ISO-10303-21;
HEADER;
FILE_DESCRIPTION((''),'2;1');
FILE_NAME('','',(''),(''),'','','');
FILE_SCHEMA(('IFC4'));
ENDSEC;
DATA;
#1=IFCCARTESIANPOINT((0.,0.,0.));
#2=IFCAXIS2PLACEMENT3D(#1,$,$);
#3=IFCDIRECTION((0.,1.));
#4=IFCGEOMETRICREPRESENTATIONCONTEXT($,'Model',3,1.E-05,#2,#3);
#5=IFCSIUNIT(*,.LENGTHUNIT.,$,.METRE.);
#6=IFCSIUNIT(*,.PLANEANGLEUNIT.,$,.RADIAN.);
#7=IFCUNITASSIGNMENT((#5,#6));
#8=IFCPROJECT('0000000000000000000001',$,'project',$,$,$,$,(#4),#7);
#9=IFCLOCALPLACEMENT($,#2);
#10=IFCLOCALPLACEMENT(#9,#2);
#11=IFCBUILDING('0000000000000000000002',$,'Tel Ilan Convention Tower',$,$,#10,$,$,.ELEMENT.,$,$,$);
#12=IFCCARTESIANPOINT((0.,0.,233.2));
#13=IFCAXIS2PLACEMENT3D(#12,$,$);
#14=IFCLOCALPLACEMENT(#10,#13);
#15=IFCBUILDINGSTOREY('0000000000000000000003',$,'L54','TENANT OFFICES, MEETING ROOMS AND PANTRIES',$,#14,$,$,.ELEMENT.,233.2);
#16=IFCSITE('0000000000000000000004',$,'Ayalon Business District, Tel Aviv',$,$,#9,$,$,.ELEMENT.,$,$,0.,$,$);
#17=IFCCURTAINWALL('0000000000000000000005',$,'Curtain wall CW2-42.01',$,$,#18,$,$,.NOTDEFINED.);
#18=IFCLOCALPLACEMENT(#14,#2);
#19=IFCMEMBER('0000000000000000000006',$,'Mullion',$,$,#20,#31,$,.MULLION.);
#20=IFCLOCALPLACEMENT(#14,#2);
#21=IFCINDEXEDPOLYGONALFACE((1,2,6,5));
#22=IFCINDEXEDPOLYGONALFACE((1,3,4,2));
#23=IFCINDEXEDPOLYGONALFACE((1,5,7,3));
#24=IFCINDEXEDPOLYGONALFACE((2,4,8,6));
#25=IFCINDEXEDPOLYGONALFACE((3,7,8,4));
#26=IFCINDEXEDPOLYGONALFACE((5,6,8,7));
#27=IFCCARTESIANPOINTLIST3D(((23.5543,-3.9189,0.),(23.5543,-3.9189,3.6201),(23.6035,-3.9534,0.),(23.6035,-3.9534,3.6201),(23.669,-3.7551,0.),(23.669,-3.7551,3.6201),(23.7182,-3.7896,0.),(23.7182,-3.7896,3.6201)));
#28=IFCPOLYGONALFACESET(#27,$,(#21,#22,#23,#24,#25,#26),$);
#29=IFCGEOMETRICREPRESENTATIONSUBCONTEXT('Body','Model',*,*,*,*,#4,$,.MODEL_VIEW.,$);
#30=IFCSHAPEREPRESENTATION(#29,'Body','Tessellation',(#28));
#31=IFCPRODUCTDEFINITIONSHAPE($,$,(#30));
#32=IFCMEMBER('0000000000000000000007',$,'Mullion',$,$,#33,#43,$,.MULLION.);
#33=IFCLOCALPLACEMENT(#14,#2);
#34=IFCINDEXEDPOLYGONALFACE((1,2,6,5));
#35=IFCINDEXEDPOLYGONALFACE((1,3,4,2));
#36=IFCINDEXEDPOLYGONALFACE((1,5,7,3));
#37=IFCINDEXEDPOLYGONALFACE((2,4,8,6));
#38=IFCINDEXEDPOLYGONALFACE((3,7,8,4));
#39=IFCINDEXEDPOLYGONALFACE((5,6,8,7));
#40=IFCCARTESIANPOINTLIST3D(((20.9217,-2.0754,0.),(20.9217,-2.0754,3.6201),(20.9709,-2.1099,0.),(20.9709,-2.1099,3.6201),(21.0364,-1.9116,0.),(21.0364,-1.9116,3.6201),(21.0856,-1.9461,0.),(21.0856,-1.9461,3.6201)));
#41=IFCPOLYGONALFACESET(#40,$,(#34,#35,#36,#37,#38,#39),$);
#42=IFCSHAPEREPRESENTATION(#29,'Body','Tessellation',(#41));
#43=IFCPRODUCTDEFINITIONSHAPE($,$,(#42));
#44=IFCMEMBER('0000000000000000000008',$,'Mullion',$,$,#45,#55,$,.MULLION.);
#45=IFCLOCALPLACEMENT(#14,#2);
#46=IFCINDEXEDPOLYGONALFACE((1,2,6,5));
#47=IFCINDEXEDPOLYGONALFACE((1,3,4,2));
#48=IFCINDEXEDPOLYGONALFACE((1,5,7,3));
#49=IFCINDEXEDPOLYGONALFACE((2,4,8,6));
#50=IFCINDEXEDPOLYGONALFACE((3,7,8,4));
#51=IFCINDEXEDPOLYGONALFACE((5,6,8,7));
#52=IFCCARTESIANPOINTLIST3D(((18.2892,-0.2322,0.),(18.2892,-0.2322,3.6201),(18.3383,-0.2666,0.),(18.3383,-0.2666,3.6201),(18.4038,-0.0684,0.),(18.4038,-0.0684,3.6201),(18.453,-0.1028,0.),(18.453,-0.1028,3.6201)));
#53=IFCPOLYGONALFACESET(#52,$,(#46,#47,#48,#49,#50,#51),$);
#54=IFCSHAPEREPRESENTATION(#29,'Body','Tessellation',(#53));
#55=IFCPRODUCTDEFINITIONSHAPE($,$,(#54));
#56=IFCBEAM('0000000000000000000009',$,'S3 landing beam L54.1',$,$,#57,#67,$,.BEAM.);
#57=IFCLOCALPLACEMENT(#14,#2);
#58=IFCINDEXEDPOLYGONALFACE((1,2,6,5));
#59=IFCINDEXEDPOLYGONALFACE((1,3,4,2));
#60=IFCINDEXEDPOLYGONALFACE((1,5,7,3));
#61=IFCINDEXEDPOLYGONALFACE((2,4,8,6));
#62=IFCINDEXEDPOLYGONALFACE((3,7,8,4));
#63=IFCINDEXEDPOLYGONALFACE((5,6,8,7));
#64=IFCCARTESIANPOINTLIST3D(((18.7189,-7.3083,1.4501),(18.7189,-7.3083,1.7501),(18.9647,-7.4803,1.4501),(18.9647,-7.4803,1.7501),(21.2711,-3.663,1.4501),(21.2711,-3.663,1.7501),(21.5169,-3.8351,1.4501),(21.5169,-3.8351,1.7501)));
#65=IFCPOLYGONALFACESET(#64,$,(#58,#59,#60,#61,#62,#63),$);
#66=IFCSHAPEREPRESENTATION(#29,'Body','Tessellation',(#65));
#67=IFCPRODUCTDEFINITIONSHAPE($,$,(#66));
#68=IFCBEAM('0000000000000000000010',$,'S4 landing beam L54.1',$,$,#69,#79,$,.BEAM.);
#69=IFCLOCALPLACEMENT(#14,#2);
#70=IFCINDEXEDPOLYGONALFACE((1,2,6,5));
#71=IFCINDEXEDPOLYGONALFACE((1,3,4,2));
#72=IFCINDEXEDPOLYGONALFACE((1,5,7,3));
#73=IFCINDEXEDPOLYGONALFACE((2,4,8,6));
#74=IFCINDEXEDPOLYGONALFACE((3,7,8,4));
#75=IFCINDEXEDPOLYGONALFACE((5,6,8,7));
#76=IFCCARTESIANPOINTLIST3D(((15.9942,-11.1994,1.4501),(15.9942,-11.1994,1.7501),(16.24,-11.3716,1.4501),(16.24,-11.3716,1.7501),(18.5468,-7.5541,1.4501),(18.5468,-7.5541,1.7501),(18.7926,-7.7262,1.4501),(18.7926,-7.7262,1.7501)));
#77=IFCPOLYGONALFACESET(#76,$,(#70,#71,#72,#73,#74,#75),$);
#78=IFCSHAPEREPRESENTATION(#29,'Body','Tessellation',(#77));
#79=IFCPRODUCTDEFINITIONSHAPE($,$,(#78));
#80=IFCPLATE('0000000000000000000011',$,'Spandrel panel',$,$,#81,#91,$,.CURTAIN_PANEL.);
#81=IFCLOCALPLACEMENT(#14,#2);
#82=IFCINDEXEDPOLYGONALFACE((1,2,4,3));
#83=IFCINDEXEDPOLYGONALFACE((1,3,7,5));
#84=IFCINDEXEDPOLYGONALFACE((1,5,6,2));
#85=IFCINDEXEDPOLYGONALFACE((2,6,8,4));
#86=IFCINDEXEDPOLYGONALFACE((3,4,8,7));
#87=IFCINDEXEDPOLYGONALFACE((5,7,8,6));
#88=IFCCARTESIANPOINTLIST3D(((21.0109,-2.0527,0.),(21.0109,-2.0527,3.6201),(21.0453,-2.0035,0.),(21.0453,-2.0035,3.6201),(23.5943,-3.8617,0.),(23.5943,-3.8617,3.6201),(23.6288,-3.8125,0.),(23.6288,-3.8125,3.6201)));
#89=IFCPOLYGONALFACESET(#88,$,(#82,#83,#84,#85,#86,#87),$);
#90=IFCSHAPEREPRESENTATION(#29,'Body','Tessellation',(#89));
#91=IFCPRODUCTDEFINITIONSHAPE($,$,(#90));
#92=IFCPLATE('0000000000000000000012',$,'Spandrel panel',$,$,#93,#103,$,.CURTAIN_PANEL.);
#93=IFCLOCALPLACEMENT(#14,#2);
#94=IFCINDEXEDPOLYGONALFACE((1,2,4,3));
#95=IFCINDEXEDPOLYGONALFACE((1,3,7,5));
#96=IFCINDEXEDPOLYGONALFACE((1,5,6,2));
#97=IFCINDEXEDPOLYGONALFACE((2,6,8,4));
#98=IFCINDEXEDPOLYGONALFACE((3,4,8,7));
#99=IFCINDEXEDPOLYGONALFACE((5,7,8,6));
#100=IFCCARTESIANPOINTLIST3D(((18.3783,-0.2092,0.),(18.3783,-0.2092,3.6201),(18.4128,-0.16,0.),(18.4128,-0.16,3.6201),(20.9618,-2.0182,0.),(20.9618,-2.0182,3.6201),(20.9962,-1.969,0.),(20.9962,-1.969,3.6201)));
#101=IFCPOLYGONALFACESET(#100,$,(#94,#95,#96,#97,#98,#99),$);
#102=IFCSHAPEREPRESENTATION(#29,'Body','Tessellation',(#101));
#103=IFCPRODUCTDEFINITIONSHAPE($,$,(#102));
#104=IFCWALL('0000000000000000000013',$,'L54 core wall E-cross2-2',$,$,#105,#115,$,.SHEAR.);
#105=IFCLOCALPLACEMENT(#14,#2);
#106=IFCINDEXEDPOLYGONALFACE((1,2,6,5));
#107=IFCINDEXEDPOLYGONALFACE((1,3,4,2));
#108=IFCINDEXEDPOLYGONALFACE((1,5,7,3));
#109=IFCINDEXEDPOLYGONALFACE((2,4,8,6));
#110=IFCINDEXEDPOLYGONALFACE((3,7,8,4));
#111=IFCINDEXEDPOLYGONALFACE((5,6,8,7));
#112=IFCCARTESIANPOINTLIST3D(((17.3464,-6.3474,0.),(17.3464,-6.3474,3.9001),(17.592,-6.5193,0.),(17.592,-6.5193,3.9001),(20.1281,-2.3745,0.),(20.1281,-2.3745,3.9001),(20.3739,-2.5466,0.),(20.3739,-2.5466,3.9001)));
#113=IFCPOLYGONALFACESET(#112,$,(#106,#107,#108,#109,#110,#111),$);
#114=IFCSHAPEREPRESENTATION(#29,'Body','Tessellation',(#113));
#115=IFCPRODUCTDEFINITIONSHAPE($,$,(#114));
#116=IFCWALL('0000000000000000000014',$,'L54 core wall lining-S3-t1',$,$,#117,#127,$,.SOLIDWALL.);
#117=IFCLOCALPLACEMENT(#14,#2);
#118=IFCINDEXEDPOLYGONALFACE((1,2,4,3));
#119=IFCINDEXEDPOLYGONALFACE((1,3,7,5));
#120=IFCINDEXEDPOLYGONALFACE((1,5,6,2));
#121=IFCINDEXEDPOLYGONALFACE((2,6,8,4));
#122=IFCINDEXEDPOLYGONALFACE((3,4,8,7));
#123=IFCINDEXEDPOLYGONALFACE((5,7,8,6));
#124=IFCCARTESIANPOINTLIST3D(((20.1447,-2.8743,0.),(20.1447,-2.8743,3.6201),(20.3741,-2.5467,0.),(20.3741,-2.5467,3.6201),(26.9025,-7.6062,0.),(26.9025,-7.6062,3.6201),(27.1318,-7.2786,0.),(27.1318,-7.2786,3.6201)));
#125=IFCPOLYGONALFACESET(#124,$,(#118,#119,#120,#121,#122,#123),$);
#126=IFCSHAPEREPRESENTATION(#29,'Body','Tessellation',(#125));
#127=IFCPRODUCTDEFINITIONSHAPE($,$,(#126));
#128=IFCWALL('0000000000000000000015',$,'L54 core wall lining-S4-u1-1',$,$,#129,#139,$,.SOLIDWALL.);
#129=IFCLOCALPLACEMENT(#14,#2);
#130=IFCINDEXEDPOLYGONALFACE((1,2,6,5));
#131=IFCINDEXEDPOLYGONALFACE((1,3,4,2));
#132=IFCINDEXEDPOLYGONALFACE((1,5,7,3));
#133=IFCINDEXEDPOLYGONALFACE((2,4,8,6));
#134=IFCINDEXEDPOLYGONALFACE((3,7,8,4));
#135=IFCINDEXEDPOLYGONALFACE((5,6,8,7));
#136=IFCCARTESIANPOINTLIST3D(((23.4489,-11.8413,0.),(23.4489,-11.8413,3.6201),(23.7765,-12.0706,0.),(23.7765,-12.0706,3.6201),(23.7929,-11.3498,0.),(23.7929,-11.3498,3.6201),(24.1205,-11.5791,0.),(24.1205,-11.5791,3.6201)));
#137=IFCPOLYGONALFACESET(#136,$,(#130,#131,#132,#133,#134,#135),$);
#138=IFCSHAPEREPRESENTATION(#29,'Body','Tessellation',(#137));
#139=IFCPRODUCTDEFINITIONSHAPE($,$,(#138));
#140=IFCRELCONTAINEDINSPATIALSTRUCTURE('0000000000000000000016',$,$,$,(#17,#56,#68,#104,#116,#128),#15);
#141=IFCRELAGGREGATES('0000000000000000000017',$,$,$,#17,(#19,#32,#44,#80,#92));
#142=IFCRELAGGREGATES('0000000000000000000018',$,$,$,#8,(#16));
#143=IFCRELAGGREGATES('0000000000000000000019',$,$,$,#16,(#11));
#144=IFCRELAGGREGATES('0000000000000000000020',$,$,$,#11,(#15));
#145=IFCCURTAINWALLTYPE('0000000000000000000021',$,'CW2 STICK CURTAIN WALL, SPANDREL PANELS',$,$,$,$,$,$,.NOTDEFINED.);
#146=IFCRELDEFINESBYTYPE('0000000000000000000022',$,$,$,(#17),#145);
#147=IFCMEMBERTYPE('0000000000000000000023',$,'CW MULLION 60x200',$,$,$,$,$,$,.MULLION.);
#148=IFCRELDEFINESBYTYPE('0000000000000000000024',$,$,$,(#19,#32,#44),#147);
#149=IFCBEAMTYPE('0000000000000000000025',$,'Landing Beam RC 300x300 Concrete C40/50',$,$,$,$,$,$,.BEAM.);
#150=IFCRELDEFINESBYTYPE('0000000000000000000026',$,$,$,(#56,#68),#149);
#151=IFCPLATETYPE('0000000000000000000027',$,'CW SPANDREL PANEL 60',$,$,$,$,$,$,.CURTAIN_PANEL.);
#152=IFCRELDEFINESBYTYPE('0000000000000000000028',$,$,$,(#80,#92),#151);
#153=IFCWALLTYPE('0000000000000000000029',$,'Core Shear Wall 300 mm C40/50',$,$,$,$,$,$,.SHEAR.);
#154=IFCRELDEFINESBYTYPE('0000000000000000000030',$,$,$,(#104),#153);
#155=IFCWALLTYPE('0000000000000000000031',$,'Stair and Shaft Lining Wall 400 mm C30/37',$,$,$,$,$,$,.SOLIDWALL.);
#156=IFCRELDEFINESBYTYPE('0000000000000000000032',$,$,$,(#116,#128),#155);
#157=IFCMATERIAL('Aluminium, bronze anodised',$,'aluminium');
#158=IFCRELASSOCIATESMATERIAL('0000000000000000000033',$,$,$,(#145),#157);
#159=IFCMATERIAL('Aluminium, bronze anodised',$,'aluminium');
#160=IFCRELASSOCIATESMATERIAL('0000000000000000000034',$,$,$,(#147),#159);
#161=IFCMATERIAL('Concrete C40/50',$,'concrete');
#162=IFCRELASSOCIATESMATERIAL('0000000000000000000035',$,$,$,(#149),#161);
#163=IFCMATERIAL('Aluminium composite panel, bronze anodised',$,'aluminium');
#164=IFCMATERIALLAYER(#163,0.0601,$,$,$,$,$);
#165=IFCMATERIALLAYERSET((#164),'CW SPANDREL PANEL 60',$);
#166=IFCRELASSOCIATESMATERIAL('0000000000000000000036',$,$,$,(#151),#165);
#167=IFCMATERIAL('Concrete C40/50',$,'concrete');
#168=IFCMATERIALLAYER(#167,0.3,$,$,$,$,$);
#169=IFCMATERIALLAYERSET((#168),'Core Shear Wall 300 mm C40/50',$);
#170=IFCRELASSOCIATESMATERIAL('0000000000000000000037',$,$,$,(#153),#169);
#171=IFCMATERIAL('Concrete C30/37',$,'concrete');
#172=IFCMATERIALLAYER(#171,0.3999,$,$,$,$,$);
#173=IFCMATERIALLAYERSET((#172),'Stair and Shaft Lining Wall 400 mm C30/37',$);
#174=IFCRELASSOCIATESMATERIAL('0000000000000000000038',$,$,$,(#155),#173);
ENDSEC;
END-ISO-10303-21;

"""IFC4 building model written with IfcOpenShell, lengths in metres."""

from ifc_helpers import new_model, si_unit, direction, frame, frame_2d, origin, origin_2d, place, context, subcontext, project, spatial, polyline, rectangle, outline, extrude, material, layer, layer_set, material_profile, profile_set, type_object, element, aggregate, save


model = new_model("IFC4")

# Units and contexts
model_context = context("Model", 3, precision=1e-05, world=origin(), true_north=direction((0.0, 1.0)))
body_context = subcontext(model_context, "Body", "Model", "MODEL_VIEW")
ifc_project = project(units=[si_unit("LENGTHUNIT", "METRE"), si_unit("PLANEANGLEUNIT", "RADIAN")], contexts=[model_context])

# Site, building, storey
site_placement = place(None, origin())
site = spatial("IfcSite", under=ifc_project, at=site_placement, Name="Ayalon Business District, Tel Aviv", CompositionType="ELEMENT", RefElevation=0.0)
building_placement = place(site_placement, origin())
building = spatial("IfcBuilding", under=site, at=building_placement, Name="Tel Ilan Convention Tower", CompositionType="ELEMENT")
storey_placement = place(building_placement, frame((0.0, 0.0, 233.2)))
storey = spatial("IfcBuildingStorey", under=building, at=storey_placement, Name="L54", Description="TENANT OFFICES, MEETING ROOMS AND PANTRIES", CompositionType="ELEMENT", Elevation=233.2)

# Curtain wall, members
ifc_material_1 = material(Name="Aluminium, bronze anodised", Category="aluminium")
curtain_wall_type = type_object("IfcCurtainWallType", Name="CW2 STICK CURTAIN WALL, SPANDREL PANELS", PredefinedType="NOTDEFINED", material=ifc_material_1)
curtain_wall_placement = place(storey_placement, origin())
curtain_wall = element("IfcCurtainWall", 1, at=curtain_wall_placement, inside=storey, type_object=curtain_wall_type, Name="Curtain wall CW2-42.01", PredefinedType="NOTDEFINED")
ifc_material_2 = material(Name="Aluminium, bronze anodised", Category="aluminium")
ifc_material_profile_1 = material_profile(ifc_material_2, rectangle(XDim=0.0601, YDim=0.2, at=origin_2d()), Name="CW MULLION 60x200")
ifc_profile_set_1 = profile_set([ifc_material_profile_1], Name="Aluminium, bronze anodised")
member_type = type_object("IfcMemberType", Name="CW MULLION 60x200", PredefinedType="MULLION", material=ifc_profile_set_1)
member_1_placement = place(storey_placement, frame((23.6362, -3.8542, 0.0), z_axis=(0.0, 0.0, 1.0), x_axis=(-0.819152, 0.573576, 0.0)))
member_1 = element("IfcMember", 2, at=member_1_placement, type_object=member_type, Name="Mullion", PredefinedType="MULLION", context=body_context, shape_type="SweptSolid", body=[
    extrude(rectangle(XDim=0.0601, YDim=0.2, at=origin_2d()), origin(), (0.0, 0.0, 1.0), 3.6201),
])
member_2_placement = place(storey_placement, frame((21.0037, -2.0107, 0.0), z_axis=(0.0, 0.0, 1.0), x_axis=(-0.819152, 0.573576, 0.0)))
member_2 = element("IfcMember", 3, at=member_2_placement, type_object=member_type, Name="Mullion", PredefinedType="MULLION", context=body_context, shape_type="SweptSolid", body=[
    extrude(rectangle(XDim=0.0601, YDim=0.2, at=origin_2d()), origin(), (0.0, 0.0, 1.0), 3.6201),
])
member_3_placement = place(storey_placement, frame((18.3711, -0.1675, 0.0), z_axis=(0.0, 0.0, 1.0), x_axis=(-0.819152, 0.573576, 0.0)))
member_3 = element("IfcMember", 4, at=member_3_placement, type_object=member_type, Name="Mullion", PredefinedType="MULLION", context=body_context, shape_type="SweptSolid", body=[
    extrude(rectangle(XDim=0.0601, YDim=0.2, at=origin_2d()), origin(), (0.0, 0.0, 1.0), 3.6201),
])

# Beams
ifc_material_3 = material(Name="Concrete C40/50", Category="concrete")
ifc_material_profile_2 = material_profile(ifc_material_3, rectangle(XDim=0.3, YDim=0.3, at=origin_2d()), Name="RC 300x300")
ifc_profile_set_2 = profile_set([ifc_material_profile_2], Name="Concrete C40/50")
beam_type = type_object("IfcBeamType", Name="Landing Beam RC 300x300 Concrete C40/50", PredefinedType="BEAM", material=ifc_profile_set_2)
beam_1_placement = place(storey_placement, frame((21.394, -3.749, 1.6001), z_axis=(-0.573547, -0.819173, 0.0), x_axis=(0.819173, -0.573547, 0.0)))
element("IfcBeam", 5, at=beam_1_placement, inside=storey, type_object=beam_type, Name="S3 landing beam L54.1", PredefinedType="BEAM", context=body_context, shape_type="SweptSolid", body=[
    extrude(rectangle(XDim=0.3, YDim=0.3, at=origin_2d()), origin(), (0.0, 0.0, 1.0), 4.45),
])
beam_2_placement = place(storey_placement, frame((18.6697, -7.6401, 1.6001), z_axis=(-0.573584, -0.819147, 0.0), x_axis=(0.819147, -0.573584, 0.0)))
element("IfcBeam", 6, at=beam_2_placement, inside=storey, type_object=beam_type, Name="S4 landing beam L54.1", PredefinedType="BEAM", context=body_context, shape_type="SweptSolid", body=[
    extrude(rectangle(XDim=0.3, YDim=0.3, at=origin_2d()), origin(), (0.0, 0.0, 1.0), 4.4502),
])

# Plates
ifc_material_4 = material(Name="Aluminium composite panel, bronze anodised", Category="aluminium")
ifc_layer_1 = layer(ifc_material_4, 0.0601)
ifc_layer_set_1 = layer_set([ifc_layer_1], Name="CW SPANDREL PANEL 60")
plate_type = type_object("IfcPlateType", Name="CW SPANDREL PANEL 60", PredefinedType="CURTAIN_PANEL", material=ifc_layer_set_1)
plate_1_placement = place(storey_placement, frame((22.3198, -2.9326, 0.0), z_axis=(0.0, 0.0, 1.0), x_axis=(-0.819152, 0.573576, 0.0)))
plate_1 = element("IfcPlate", 7, at=plate_1_placement, type_object=plate_type, Name="Spandrel panel", PredefinedType="CURTAIN_PANEL", context=body_context, shape_type="SweptSolid", body=[
    extrude(rectangle(XDim=3.1538, YDim=0.0601, at=origin_2d()), origin(), (0.0, 0.0, 1.0), 3.6201),
])
plate_2_placement = place(storey_placement, frame((19.6873, -1.0891, 0.0), z_axis=(0.0, 0.0, 1.0), x_axis=(-0.819152, 0.573576, 0.0)))
plate_2 = element("IfcPlate", 8, at=plate_2_placement, type_object=plate_type, Name="Spandrel panel", PredefinedType="CURTAIN_PANEL", context=body_context, shape_type="SweptSolid", body=[
    extrude(rectangle(XDim=3.1538, YDim=0.0601, at=origin_2d()), origin(), (0.0, 0.0, 1.0), 3.6201),
])
aggregate(curtain_wall, [member_1, member_2, member_3, plate_1, plate_2])

# Walls
ifc_material_5 = material(Name="Concrete C40/50", Category="concrete")
ifc_layer_2 = layer(ifc_material_5, 0.3)
ifc_layer_set_2 = layer_set([ifc_layer_2], Name="Core Shear Wall 300 mm C40/50")
wall_type_1 = type_object("IfcWallType", Name="Core Shear Wall 300 mm C40/50", PredefinedType="SHEAR", material=ifc_layer_set_2)
wall_1_placement = place(storey_placement, frame((17.4692, -6.4333, 0.0), z_axis=(0.0, 0.0, 1.0), x_axis=(0.573594, 0.81914, 0.0)))
element("IfcWall", 9, at=wall_1_placement, inside=storey, type_object=wall_type_1, Name="L54 core wall E-cross2-2", PredefinedType="SHEAR", context=body_context, shape_type="SweptSolid", body=[
    extrude(outline(polyline([(4.8499, -0.1499), (4.8499, 0.1501), (0.0, 0.1499), (0.0, -0.1499), (4.8499, -0.1499)])), origin(), (0.0, 0.0, 1.0), 3.9001),
])
ifc_material_6 = material(Name="Concrete C30/37", Category="concrete")
ifc_layer_3 = layer(ifc_material_6, 0.3999)
ifc_layer_set_3 = layer_set([ifc_layer_3], Name="Stair and Shaft Lining Wall 400 mm C30/37")
wall_type_2 = type_object("IfcWallType", Name="Stair and Shaft Lining Wall 400 mm C30/37", PredefinedType="SOLIDWALL", material=ifc_layer_set_3)
wall_2_placement = place(storey_placement, frame((20.2593, -2.7104, 0.0), z_axis=(0.0, 0.0, 1.0), x_axis=(0.819148, -0.573582, 0.0)))
element("IfcWall", 10, at=wall_2_placement, inside=storey, type_object=wall_type_2, Name="L54 core wall lining-S3-t1", PredefinedType="SOLIDWALL", context=body_context, shape_type="SweptSolid", body=[
    extrude(rectangle(XDim=8.2498, YDim=0.3999, at=frame_2d((4.125, 0.0))), origin(), (0.0, 0.0, 1.0), 3.6201),
])
wall_3_placement = place(storey_placement, frame((23.6128, -11.9558, 0.0), z_axis=(0.0, 0.0, 1.0), x_axis=(0.573435, 0.819251, 0.0)))
element("IfcWall", 11, at=wall_3_placement, inside=storey, type_object=wall_type_2, Name="L54 core wall lining-S4-u1-1", PredefinedType="SOLIDWALL", context=body_context, shape_type="SweptSolid", body=[
    extrude(rectangle(XDim=0.5999, YDim=0.3999, at=frame_2d((0.2998, 0.0))), origin(), (0.0, 0.0, 1.0), 3.6201),
])

save(model, "model.ifc")
